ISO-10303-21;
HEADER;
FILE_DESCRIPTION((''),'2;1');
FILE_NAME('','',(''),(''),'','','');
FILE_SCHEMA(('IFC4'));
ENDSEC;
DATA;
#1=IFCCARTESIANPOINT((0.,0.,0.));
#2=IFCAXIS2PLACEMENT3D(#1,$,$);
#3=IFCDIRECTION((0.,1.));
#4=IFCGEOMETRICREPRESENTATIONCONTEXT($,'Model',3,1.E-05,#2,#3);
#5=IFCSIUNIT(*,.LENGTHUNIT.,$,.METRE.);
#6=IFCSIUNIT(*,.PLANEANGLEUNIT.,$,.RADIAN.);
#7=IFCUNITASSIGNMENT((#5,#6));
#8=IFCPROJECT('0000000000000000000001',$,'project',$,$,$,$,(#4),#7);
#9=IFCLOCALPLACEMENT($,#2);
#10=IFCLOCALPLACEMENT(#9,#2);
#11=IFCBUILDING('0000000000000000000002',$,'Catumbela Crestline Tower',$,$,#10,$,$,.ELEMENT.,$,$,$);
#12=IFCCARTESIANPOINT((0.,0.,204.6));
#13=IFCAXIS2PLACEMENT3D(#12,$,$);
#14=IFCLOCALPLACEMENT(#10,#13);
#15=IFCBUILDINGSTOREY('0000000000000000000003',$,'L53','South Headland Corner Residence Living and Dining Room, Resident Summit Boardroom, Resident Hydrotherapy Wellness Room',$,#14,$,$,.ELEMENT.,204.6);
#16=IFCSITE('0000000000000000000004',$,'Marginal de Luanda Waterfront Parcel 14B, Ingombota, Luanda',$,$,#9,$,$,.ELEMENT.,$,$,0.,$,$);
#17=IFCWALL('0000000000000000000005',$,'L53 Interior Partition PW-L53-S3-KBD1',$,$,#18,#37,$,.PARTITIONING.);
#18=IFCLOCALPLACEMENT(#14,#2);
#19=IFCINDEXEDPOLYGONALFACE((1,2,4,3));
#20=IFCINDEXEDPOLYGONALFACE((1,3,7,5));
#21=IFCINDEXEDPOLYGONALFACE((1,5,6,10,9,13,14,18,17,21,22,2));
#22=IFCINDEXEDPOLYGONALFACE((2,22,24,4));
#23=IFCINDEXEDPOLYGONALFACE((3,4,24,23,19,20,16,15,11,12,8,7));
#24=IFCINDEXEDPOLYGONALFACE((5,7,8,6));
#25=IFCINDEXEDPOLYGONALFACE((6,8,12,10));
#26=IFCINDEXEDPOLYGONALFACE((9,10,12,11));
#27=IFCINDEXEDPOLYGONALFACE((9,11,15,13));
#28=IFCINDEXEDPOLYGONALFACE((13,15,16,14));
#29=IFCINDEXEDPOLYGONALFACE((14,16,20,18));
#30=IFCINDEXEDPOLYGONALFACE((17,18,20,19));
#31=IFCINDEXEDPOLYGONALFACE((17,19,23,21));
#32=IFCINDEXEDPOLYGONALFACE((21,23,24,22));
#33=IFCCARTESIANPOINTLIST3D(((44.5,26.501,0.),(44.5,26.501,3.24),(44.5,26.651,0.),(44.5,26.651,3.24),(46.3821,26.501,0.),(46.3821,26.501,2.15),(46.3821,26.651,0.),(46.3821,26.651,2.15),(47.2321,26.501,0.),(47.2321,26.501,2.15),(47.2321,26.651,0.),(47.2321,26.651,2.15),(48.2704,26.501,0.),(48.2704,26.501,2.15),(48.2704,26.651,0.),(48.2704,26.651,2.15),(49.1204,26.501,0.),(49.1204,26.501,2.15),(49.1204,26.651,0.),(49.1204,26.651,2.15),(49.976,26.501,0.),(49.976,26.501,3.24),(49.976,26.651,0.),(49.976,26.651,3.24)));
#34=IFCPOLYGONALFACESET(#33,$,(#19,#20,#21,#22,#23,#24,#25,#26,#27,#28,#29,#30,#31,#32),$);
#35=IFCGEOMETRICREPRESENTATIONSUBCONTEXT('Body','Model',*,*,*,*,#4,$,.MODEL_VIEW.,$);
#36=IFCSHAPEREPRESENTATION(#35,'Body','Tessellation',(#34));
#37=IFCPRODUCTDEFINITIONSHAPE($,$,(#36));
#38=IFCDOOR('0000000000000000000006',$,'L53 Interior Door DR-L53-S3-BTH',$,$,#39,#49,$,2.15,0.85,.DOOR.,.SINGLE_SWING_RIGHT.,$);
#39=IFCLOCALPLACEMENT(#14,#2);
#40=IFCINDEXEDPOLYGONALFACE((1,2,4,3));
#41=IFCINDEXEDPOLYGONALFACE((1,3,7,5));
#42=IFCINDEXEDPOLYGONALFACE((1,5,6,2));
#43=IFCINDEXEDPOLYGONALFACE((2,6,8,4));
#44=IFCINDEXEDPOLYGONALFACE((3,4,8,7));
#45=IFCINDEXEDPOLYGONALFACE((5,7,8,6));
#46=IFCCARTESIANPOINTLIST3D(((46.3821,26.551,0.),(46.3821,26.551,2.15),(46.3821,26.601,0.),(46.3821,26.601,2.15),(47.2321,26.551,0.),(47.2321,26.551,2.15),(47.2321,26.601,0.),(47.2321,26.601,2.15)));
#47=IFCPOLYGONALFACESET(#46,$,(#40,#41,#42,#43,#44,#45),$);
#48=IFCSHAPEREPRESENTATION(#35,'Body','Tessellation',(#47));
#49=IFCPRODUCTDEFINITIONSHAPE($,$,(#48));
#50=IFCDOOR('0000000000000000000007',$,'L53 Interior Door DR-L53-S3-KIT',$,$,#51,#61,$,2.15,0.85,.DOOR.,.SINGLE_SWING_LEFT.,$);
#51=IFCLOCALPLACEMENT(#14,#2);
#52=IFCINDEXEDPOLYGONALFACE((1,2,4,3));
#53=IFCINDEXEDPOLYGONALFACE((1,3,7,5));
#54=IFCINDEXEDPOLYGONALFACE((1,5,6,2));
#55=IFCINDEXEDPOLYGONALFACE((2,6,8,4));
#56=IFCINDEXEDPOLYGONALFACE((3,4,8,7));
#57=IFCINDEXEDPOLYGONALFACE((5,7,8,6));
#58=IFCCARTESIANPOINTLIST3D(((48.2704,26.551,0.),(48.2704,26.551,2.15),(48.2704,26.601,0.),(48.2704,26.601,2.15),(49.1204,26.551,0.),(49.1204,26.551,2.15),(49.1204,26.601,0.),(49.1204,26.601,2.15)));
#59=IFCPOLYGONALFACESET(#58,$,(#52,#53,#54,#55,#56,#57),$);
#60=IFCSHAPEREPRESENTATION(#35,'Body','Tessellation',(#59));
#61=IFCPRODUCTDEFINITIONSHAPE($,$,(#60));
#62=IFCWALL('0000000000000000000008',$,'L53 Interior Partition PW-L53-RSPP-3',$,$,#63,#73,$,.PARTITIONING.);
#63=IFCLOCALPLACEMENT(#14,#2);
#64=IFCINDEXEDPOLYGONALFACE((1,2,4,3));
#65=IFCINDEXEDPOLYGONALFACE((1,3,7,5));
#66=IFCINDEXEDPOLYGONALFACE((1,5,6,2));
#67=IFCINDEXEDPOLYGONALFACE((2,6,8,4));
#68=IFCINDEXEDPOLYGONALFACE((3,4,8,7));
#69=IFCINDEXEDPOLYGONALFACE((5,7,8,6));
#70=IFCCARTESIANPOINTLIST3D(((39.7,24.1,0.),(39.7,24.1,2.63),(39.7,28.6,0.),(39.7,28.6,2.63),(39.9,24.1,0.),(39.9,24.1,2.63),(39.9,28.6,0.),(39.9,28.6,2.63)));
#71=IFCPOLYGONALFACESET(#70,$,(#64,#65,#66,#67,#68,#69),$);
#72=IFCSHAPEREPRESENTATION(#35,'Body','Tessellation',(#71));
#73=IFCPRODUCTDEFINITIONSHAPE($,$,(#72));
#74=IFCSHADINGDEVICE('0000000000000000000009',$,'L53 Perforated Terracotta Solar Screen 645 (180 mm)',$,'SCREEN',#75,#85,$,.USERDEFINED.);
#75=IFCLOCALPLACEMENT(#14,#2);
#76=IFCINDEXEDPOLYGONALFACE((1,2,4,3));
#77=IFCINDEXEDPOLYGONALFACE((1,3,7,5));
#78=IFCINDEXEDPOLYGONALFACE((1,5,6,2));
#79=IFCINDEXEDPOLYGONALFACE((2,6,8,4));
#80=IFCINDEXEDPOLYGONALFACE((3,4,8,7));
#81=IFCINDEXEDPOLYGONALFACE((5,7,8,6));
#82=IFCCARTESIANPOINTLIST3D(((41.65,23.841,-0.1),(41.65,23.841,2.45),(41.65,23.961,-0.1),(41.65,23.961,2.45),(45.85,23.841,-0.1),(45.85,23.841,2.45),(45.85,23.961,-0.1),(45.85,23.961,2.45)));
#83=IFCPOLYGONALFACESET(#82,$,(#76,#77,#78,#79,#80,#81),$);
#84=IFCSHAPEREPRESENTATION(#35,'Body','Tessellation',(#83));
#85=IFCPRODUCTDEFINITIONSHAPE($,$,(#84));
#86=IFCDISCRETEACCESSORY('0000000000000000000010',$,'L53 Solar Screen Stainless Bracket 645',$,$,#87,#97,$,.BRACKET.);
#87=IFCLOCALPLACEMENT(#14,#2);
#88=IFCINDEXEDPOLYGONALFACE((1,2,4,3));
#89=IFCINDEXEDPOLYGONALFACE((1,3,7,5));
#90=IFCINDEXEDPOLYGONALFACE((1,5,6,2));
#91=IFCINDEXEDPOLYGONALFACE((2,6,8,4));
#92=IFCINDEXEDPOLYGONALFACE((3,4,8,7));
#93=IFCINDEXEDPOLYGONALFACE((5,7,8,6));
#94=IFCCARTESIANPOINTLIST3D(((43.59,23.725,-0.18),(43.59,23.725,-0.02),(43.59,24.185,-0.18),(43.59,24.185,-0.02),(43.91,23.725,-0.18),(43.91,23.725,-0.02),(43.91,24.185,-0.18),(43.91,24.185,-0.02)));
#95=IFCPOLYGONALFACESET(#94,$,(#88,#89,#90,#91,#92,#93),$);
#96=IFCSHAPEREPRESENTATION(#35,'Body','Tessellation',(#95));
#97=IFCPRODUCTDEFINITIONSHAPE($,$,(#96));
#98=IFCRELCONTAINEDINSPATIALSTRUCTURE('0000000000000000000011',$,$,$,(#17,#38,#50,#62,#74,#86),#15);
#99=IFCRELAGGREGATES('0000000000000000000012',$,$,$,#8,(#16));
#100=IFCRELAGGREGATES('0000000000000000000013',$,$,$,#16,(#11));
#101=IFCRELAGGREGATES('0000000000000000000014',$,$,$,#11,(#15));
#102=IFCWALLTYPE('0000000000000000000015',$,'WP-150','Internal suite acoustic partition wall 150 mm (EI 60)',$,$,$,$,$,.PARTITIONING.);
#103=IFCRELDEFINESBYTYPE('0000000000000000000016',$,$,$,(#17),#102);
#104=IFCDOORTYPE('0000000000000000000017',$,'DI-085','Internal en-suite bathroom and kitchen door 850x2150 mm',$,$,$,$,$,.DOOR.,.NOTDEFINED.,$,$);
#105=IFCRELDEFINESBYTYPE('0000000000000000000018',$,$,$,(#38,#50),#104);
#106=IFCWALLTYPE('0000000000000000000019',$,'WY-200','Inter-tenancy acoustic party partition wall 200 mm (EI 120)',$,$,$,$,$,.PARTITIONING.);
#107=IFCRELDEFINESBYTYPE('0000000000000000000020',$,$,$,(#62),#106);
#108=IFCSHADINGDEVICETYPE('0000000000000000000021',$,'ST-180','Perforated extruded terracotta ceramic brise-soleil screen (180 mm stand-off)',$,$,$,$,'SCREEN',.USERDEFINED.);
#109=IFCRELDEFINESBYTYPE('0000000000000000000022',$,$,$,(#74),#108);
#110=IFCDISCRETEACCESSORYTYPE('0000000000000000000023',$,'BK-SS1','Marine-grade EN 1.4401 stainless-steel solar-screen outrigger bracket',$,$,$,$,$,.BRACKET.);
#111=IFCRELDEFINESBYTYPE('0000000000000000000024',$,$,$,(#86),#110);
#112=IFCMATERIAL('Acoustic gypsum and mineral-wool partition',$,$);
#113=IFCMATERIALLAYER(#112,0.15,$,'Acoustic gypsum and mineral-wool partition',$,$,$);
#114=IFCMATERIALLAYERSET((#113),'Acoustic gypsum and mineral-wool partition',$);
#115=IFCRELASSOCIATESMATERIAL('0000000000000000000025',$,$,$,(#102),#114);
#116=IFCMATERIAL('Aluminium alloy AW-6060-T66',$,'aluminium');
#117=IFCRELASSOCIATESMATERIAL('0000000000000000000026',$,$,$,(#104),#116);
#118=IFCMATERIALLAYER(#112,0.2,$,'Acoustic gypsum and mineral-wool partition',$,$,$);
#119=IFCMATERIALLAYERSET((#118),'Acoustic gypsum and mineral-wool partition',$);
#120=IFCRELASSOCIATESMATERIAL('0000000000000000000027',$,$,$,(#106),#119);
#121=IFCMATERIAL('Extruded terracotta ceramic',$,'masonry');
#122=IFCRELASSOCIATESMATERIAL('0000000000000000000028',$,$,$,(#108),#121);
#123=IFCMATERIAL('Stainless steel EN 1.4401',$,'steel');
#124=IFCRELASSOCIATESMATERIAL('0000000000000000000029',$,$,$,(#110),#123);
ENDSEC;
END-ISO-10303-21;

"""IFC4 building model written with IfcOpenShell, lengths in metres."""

from ifc_helpers import new_model, si_unit, direction, frame, frame_2d, origin, origin_2d, place, context, subcontext, project, spatial, rectangle, extrude, material, layer, layer_set, type_object, element, fill, save


model = new_model("IFC4")

# Units and contexts
model_context = context("Model", 3, precision=1e-05, world=origin(), true_north=direction((0.0, 1.0)))
body_context = subcontext(model_context, "Body", "Model", "MODEL_VIEW")
ifc_project = project(units=[si_unit("LENGTHUNIT", "METRE"), si_unit("PLANEANGLEUNIT", "RADIAN")], contexts=[model_context])

# Site, building, storey
site_placement = place(None, origin())
site = spatial("IfcSite", under=ifc_project, at=site_placement, Name="Marginal de Luanda Waterfront Parcel 14B, Ingombota, Luanda", CompositionType="ELEMENT", RefElevation=0.0)
building_placement = place(site_placement, origin())
building = spatial("IfcBuilding", under=site, at=building_placement, Name="Catumbela Crestline Tower", CompositionType="ELEMENT")
storey_placement = place(building_placement, frame((0.0, 0.0, 204.6)))
storey = spatial("IfcBuildingStorey", under=building, at=storey_placement, Name="L53", Description="South Headland Corner Residence Living and Dining Room, Resident Summit Boardroom, Resident Hydrotherapy Wellness Room", CompositionType="ELEMENT", Elevation=204.6)

# Shared definitions
ifc_material_1 = material(Name="Aluminium alloy AW-6060-T66", Category="aluminium")

# Shared definitions
ifc_material_2 = material(Name="Acoustic gypsum and mineral-wool partition")
ifc_layer_1 = layer(ifc_material_2, 0.15, Name="Acoustic gypsum and mineral-wool partition")
ifc_layer_set_1 = layer_set([ifc_layer_1], Name="Acoustic gypsum and mineral-wool partition")
wall_type_1 = type_object("IfcWallType", Name="WP-150", Description="Internal suite acoustic partition wall 150 mm (EI 60)", PredefinedType="PARTITIONING", material=ifc_layer_set_1)

# Wall, openings, doors
wall_1_placement = place(storey_placement, frame((44.5, 26.576, 0.0), z_axis=(0.0, 0.0, 1.0), x_axis=(1.0, 0.0, 0.0)))
wall_1 = element("IfcWall", 1, at=wall_1_placement, inside=storey, type_object=wall_type_1, Name="L53 Interior Partition PW-L53-S3-KBD1", PredefinedType="PARTITIONING", context=body_context, shape_type="SweptSolid", body=[
    extrude(rectangle(XDim=5.476, YDim=0.15, at=frame_2d((2.738, 0.0))), origin(), (0.0, 0.0, 1.0), 3.24),
])
opening_1_placement = place(wall_1_placement, frame((1.8821, 0.0, 0.0)))
opening_1 = element("IfcOpeningElement", 2, at=opening_1_placement, cuts=wall_1, PredefinedType="OPENING", context=body_context, shape_type="SweptSolid", body=[
    extrude(rectangle(XDim=0.85, YDim=2.15, at=frame_2d((0.425, 1.075))), frame((0.0, 0.085, 0.0), z_axis=(0.0, -1.0, 0.0), x_axis=(1.0, 0.0, 0.0)), (0.0, 0.0, 1.0), 0.17),
])
opening_2_placement = place(wall_1_placement, frame((3.7704, 0.0, 0.0)))
opening_2 = element("IfcOpeningElement", 3, at=opening_2_placement, cuts=wall_1, PredefinedType="OPENING", context=body_context, shape_type="SweptSolid", body=[
    extrude(rectangle(XDim=0.85, YDim=2.15, at=frame_2d((0.425, 1.075))), frame((0.0, 0.085, 0.0), z_axis=(0.0, -1.0, 0.0), x_axis=(1.0, 0.0, 0.0)), (0.0, 0.0, 1.0), 0.17),
])
door_type = type_object("IfcDoorType", Name="DI-085", Description="Internal en-suite bathroom and kitchen door 850x2150 mm", OperationType="NOTDEFINED", PredefinedType="DOOR", material=ifc_material_1)
door_1_placement = place(opening_1_placement, origin())
door_1 = element("IfcDoor", 4, at=door_1_placement, inside=storey, type_object=door_type, Name="L53 Interior Door DR-L53-S3-BTH", OperationType="SINGLE_SWING_RIGHT", OverallHeight=2.15, OverallWidth=0.85, PredefinedType="DOOR", context=body_context, shape_type="SweptSolid", body=[
    extrude(rectangle(XDim=0.85, YDim=2.15, at=frame_2d((0.425, 1.075))), frame((0.0, 0.025, 0.0), z_axis=(0.0, -1.0, 0.0), x_axis=(1.0, 0.0, 0.0)), (0.0, 0.0, 1.0), 0.05),
])
fill(opening_1, door_1)
door_2_placement = place(opening_2_placement, origin())
door_2 = element("IfcDoor", 5, at=door_2_placement, inside=storey, type_object=door_type, Name="L53 Interior Door DR-L53-S3-KIT", OperationType="SINGLE_SWING_LEFT", OverallHeight=2.15, OverallWidth=0.85, PredefinedType="DOOR", context=body_context, shape_type="SweptSolid", body=[
    extrude(rectangle(XDim=0.85, YDim=2.15, at=frame_2d((0.425, 1.075))), frame((0.0, 0.025, 0.0), z_axis=(0.0, -1.0, 0.0), x_axis=(1.0, 0.0, 0.0)), (0.0, 0.0, 1.0), 0.05),
])
fill(opening_2, door_2)

# Wall
ifc_layer_2 = layer(ifc_material_2, 0.2, Name="Acoustic gypsum and mineral-wool partition")
ifc_layer_set_2 = layer_set([ifc_layer_2], Name="Acoustic gypsum and mineral-wool partition")
wall_type_2 = type_object("IfcWallType", Name="WY-200", Description="Inter-tenancy acoustic party partition wall 200 mm (EI 120)", PredefinedType="PARTITIONING", material=ifc_layer_set_2)
wall_2_placement = place(storey_placement, frame((39.8, 24.1, 0.0), z_axis=(0.0, 0.0, 1.0), x_axis=(0.0, 1.0, 0.0)))
element("IfcWall", 6, at=wall_2_placement, inside=storey, type_object=wall_type_2, Name="L53 Interior Partition PW-L53-RSPP-3", PredefinedType="PARTITIONING", context=body_context, shape_type="SweptSolid", body=[
    extrude(rectangle(XDim=4.5, YDim=0.2, at=frame_2d((2.25, 0.0))), origin(), (0.0, 0.0, 1.0), 2.63),
])

# Shading device
ifc_material_3 = material(Name="Extruded terracotta ceramic", Category="masonry")
shading_device_type = type_object("IfcShadingDeviceType", Name="ST-180", Description="Perforated extruded terracotta ceramic brise-soleil screen (180 mm stand-off)", ElementType="SCREEN", PredefinedType="USERDEFINED", material=ifc_material_3)
shading_device_placement = place(storey_placement, frame((43.75, 23.901, -0.1), z_axis=(0.0, 0.0, 1.0), x_axis=(1.0, 0.0, 0.0)))
element("IfcShadingDevice", 7, at=shading_device_placement, inside=storey, type_object=shading_device_type, Name="L53 Perforated Terracotta Solar Screen 645 (180 mm)", ObjectType="SCREEN", PredefinedType="USERDEFINED", context=body_context, shape_type="SweptSolid", body=[
    extrude(rectangle(XDim=4.2, YDim=0.12, at=origin_2d()), origin(), (0.0, 0.0, 1.0), 2.55),
])

# Discrete accessory
ifc_material_4 = material(Name="Stainless steel EN 1.4401", Category="steel")
discrete_accessory_type = type_object("IfcDiscreteAccessoryType", Name="BK-SS1", Description="Marine-grade EN 1.4401 stainless-steel solar-screen outrigger bracket", PredefinedType="BRACKET", material=ifc_material_4)
discrete_accessory_placement = place(storey_placement, frame((43.75, 23.955, -0.18), z_axis=(0.0, 0.0, 1.0), x_axis=(1.0, 0.0, 0.0)))
element("IfcDiscreteAccessory", 8, at=discrete_accessory_placement, inside=storey, type_object=discrete_accessory_type, Name="L53 Solar Screen Stainless Bracket 645", PredefinedType="BRACKET", context=body_context, shape_type="SweptSolid", body=[
    extrude(rectangle(XDim=0.32, YDim=0.46, at=origin_2d()), origin(), (0.0, 0.0, 1.0), 0.16),
])

save(model, "model.ifc")
